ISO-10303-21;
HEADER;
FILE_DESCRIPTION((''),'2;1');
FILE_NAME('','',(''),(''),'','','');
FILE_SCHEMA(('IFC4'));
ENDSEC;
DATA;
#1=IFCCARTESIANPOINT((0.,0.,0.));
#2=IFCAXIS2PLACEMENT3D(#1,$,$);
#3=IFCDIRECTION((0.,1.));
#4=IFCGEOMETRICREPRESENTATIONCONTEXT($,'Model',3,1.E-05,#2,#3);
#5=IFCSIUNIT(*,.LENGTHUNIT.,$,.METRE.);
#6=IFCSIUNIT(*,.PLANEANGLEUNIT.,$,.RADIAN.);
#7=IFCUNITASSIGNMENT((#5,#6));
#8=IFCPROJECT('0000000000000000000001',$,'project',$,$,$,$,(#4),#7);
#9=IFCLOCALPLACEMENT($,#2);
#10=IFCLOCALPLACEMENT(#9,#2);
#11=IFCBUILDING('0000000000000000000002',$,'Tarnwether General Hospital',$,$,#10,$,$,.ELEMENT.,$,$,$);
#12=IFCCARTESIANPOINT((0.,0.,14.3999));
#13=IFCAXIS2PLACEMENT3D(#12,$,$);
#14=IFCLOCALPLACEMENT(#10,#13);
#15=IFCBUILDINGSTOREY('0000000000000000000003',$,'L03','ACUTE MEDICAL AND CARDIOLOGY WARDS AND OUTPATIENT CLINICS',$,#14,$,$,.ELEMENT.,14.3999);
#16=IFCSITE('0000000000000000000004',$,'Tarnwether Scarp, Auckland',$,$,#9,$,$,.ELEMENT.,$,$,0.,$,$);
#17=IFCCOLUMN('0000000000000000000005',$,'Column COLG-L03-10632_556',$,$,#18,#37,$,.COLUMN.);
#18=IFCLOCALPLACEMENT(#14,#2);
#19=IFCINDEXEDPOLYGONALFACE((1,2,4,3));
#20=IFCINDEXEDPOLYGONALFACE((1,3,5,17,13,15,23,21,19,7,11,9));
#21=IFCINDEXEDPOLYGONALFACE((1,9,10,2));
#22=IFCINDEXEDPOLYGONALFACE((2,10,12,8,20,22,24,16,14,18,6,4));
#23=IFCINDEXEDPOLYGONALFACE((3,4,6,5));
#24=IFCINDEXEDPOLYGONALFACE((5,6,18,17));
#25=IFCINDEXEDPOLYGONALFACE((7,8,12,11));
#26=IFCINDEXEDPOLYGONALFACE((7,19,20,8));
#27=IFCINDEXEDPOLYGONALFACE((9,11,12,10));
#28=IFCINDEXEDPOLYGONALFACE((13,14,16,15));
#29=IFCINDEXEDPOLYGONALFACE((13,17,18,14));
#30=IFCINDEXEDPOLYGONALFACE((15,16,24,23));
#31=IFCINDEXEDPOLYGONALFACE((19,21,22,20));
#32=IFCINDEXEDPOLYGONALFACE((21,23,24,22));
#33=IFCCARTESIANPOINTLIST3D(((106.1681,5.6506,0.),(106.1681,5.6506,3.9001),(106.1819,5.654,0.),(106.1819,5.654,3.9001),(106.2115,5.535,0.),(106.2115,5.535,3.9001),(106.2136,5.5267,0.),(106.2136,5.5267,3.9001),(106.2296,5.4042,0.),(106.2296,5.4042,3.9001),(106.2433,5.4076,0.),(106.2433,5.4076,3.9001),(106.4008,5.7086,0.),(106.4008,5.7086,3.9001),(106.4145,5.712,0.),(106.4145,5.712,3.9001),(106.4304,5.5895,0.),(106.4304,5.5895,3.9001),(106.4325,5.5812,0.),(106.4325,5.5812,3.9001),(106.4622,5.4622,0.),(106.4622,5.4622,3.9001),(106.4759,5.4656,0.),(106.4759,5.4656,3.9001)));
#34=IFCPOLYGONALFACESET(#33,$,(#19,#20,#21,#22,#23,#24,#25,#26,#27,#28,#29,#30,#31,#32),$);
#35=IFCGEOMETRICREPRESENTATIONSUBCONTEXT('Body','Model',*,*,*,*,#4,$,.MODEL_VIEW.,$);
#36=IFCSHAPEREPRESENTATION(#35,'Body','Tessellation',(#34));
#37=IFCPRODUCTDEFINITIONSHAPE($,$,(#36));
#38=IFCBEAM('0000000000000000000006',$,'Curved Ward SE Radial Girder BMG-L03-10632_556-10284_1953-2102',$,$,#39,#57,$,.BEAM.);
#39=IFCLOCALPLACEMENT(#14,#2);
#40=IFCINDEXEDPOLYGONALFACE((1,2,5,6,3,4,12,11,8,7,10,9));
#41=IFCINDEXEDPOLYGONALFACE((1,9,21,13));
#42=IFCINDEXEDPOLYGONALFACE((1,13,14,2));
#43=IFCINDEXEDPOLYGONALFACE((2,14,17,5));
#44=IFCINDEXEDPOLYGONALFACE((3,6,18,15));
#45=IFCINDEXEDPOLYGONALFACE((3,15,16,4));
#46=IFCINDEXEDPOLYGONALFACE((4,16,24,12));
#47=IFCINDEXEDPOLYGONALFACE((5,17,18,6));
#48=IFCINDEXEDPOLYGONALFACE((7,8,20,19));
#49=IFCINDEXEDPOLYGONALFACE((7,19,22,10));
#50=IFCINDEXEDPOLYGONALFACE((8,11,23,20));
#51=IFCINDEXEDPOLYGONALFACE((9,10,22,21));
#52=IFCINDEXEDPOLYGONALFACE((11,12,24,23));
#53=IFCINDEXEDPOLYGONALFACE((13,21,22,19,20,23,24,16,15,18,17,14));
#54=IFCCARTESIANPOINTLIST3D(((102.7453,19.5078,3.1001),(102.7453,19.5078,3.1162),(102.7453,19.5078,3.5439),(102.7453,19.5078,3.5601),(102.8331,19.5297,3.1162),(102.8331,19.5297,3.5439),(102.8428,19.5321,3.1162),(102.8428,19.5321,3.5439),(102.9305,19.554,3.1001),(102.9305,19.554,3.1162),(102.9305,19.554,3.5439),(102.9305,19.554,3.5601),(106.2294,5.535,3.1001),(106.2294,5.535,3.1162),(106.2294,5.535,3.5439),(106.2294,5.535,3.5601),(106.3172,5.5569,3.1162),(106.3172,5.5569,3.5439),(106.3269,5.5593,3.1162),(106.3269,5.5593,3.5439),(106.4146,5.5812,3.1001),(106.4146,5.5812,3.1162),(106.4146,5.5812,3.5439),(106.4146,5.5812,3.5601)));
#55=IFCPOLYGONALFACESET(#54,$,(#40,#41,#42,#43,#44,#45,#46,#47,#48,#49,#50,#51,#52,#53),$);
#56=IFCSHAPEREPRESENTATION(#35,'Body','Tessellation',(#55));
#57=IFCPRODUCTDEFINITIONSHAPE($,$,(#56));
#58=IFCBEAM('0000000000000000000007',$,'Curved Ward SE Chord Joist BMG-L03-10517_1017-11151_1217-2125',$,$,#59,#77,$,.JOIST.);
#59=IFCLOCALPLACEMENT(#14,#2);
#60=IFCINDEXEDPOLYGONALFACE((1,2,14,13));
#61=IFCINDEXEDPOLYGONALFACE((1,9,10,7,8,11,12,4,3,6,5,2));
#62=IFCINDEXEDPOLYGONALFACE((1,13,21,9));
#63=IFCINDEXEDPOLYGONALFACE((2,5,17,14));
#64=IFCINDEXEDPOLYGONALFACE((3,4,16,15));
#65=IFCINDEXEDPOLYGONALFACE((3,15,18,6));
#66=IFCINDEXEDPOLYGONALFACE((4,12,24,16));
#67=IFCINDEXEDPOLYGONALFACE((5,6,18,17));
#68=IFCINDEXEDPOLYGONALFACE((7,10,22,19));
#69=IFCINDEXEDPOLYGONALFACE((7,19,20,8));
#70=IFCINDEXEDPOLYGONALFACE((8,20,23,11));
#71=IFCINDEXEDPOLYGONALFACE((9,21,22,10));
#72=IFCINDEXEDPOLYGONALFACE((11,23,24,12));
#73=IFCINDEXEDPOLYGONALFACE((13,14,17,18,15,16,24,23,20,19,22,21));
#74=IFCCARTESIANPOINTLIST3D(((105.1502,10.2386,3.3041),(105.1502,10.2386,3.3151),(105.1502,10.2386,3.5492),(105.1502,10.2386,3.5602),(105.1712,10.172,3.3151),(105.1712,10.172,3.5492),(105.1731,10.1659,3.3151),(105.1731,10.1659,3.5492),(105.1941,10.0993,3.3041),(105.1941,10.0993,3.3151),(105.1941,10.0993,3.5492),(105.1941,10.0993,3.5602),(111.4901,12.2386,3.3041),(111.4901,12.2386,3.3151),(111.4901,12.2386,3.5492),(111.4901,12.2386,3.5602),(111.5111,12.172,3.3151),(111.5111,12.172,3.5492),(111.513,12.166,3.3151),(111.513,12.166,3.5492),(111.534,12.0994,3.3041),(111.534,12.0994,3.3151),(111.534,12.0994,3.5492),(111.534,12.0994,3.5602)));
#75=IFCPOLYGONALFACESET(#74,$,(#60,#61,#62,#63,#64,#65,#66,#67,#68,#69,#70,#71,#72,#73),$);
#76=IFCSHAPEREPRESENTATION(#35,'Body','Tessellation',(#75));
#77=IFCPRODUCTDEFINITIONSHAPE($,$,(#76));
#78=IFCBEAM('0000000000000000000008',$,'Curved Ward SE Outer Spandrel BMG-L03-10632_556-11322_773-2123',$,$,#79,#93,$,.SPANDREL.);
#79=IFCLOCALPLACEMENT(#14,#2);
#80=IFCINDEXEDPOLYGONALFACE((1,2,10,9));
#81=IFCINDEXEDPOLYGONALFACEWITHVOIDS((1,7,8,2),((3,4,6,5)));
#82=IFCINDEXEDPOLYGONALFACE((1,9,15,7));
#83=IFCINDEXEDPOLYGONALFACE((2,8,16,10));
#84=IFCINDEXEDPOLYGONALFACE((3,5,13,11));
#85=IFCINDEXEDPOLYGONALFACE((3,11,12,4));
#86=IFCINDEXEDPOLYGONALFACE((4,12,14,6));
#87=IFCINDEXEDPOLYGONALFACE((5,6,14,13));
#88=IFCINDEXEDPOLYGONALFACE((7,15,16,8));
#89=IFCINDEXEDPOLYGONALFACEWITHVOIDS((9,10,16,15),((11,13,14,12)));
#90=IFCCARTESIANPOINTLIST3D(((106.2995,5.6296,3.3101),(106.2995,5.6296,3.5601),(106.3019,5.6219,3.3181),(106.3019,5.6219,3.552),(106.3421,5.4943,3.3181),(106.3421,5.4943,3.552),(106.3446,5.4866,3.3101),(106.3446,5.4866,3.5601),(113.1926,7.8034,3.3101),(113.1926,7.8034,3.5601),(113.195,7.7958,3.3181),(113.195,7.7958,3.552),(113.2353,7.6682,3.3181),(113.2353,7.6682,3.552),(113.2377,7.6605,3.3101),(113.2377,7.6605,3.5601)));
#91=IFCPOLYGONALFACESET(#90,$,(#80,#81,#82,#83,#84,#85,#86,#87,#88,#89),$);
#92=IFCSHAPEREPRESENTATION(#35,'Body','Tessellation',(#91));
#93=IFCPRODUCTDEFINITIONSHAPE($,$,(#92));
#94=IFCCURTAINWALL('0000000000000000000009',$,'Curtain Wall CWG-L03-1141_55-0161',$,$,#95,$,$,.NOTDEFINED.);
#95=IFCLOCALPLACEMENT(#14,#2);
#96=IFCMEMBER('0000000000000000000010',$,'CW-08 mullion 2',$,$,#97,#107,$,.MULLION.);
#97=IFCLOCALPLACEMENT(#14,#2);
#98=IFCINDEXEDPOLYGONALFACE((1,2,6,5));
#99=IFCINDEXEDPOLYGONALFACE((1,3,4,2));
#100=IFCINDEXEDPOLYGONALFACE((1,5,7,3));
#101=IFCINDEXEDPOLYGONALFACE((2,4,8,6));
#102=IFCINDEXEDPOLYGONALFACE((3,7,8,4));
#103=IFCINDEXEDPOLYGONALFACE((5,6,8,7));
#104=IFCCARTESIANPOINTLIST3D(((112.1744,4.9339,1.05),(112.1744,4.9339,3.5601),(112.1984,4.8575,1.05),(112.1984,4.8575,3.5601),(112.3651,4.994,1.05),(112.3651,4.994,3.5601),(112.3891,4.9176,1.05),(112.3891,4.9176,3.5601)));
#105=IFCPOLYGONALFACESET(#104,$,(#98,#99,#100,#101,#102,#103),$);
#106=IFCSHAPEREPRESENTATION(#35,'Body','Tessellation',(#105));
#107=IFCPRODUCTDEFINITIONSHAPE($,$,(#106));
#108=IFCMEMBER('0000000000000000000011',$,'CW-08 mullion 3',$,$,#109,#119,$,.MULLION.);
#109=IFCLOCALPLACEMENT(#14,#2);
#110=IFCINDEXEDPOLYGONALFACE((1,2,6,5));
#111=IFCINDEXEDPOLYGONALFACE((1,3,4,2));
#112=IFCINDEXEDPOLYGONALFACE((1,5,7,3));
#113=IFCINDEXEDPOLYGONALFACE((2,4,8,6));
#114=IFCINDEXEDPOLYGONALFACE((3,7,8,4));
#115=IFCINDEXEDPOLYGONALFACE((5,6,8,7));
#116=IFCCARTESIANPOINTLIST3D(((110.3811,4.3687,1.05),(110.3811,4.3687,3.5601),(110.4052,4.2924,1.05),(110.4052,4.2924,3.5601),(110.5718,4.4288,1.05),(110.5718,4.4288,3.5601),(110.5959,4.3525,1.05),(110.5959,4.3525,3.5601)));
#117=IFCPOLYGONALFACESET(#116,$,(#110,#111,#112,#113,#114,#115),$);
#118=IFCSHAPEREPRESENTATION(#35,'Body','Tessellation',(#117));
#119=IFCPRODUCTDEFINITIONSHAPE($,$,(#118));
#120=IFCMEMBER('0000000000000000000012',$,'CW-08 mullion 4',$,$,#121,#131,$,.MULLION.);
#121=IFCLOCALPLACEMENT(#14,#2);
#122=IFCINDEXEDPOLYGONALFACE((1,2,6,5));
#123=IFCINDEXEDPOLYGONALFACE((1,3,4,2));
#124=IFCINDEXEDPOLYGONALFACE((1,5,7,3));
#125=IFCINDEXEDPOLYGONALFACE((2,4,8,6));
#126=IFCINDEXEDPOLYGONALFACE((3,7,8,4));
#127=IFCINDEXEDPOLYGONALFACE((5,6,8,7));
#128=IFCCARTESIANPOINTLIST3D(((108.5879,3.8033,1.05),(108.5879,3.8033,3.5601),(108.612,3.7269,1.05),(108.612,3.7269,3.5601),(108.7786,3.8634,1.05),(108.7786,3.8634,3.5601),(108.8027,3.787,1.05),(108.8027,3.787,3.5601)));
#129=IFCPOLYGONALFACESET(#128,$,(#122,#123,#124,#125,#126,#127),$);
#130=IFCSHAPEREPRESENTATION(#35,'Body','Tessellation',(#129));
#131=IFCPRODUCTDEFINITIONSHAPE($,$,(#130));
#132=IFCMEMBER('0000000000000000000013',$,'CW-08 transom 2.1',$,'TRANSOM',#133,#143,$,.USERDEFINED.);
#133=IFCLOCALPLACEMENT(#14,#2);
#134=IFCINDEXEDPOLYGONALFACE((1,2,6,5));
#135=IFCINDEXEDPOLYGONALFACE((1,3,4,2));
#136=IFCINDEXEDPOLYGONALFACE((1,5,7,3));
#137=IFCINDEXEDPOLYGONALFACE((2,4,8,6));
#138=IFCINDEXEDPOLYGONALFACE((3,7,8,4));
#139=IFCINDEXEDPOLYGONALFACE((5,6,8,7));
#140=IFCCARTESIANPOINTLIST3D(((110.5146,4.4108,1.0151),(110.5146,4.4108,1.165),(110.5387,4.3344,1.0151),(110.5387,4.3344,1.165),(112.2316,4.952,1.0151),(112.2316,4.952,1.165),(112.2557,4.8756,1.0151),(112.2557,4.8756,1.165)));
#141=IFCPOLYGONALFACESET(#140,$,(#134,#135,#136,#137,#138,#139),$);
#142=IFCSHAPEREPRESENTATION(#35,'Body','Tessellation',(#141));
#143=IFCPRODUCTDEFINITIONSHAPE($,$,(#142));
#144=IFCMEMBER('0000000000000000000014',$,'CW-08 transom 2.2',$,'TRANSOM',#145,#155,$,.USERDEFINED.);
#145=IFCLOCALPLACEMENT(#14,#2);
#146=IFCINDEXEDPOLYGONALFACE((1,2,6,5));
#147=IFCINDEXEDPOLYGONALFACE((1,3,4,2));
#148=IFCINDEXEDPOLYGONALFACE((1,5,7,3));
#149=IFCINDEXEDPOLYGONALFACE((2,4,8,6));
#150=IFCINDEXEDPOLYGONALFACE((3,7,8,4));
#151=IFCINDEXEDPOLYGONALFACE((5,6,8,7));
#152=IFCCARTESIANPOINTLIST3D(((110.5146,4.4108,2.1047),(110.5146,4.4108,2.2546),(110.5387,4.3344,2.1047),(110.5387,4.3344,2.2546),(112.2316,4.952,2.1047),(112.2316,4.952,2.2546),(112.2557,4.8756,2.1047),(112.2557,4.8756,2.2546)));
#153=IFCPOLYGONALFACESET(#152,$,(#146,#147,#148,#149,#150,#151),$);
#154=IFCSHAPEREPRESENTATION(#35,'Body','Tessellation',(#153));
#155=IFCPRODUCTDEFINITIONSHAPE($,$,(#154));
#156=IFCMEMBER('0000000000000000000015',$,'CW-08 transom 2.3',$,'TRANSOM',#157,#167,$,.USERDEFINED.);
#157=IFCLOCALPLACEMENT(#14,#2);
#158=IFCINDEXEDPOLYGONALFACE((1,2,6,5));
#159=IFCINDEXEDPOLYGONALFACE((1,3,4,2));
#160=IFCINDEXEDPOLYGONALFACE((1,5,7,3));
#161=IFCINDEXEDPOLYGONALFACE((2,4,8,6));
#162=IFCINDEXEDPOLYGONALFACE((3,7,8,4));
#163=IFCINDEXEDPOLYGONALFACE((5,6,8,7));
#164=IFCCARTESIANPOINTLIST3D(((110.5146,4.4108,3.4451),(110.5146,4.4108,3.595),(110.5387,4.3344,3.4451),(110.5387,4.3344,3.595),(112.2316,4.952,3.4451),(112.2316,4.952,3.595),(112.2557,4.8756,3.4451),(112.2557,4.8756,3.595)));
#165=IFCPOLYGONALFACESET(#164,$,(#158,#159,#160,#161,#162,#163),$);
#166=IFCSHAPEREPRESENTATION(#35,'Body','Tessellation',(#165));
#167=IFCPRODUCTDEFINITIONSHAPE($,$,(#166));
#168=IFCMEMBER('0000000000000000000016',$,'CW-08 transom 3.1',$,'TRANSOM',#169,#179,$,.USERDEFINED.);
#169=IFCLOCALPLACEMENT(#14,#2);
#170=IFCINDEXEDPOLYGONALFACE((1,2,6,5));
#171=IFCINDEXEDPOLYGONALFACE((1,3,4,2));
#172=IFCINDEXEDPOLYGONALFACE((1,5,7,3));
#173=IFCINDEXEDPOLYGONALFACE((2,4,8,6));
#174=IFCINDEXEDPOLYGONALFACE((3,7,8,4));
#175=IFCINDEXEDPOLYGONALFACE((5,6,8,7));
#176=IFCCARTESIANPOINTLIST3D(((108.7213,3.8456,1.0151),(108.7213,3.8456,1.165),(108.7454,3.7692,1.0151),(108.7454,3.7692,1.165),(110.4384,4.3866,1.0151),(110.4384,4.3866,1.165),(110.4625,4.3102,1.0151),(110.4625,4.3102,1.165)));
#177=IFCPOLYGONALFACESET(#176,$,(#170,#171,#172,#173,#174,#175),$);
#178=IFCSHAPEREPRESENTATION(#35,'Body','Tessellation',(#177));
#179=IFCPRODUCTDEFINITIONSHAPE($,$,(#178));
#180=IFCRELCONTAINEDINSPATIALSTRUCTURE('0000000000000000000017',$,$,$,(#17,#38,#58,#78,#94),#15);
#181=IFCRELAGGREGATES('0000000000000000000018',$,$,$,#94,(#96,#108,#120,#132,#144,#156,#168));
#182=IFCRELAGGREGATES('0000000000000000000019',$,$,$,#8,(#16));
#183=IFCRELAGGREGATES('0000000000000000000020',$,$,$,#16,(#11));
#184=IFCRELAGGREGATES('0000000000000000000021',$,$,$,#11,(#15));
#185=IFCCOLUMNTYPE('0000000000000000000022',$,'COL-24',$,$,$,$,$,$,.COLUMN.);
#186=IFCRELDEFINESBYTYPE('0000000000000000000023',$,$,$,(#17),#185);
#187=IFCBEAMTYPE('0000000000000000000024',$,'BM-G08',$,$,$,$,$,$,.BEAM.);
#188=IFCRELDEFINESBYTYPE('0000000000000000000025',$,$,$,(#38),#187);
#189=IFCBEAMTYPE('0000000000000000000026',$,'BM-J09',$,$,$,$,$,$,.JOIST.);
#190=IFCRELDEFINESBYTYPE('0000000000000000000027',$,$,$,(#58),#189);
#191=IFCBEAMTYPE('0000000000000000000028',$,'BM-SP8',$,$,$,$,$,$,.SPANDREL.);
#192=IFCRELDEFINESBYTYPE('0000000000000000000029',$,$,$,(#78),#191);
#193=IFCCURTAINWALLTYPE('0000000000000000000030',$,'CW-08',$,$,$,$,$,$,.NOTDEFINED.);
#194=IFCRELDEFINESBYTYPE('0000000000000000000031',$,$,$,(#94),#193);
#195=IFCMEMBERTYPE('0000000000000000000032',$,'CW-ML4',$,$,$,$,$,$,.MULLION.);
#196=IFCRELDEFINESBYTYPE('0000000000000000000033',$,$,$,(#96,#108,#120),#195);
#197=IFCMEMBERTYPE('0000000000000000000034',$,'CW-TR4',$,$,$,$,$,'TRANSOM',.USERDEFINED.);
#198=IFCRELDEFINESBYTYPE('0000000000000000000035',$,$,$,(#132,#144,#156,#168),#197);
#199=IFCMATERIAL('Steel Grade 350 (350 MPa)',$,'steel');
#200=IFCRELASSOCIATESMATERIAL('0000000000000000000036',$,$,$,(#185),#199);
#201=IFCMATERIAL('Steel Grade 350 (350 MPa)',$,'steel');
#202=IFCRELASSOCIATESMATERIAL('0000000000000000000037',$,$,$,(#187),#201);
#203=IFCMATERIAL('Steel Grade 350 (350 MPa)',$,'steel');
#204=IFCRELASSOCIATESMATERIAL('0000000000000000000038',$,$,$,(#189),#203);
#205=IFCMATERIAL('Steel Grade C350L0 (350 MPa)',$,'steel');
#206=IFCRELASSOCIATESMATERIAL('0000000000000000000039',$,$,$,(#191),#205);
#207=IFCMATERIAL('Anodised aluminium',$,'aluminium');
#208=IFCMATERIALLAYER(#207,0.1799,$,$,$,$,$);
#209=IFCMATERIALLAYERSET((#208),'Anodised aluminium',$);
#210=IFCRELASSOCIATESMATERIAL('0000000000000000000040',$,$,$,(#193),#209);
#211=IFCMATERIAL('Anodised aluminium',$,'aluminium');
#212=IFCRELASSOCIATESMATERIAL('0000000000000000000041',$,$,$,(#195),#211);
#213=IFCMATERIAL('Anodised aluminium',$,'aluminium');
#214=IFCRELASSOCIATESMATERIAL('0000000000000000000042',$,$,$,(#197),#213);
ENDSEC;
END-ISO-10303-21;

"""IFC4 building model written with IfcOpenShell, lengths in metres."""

from ifc_helpers import new_model, si_unit, direction, frame, origin, origin_2d, place, context, subcontext, project, spatial, rectangle, hollow_rectangle, i_section, extrude, material, layer, layer_set, material_profile, profile_set, type_object, element, aggregate, save


model = new_model("IFC4")

# Units and contexts
model_context = context("Model", 3, precision=1e-05, world=origin(), true_north=direction((0.0, 1.0)))
body_context = subcontext(model_context, "Body", "Model", "MODEL_VIEW")
ifc_project = project(units=[si_unit("LENGTHUNIT", "METRE"), si_unit("PLANEANGLEUNIT", "RADIAN")], contexts=[model_context])

# Site, building, storey
site_placement = place(None, origin())
site = spatial("IfcSite", under=ifc_project, at=site_placement, Name="Tarnwether Scarp, Auckland", CompositionType="ELEMENT", RefElevation=0.0)
building_placement = place(site_placement, origin())
building = spatial("IfcBuilding", under=site, at=building_placement, Name="Tarnwether General Hospital", CompositionType="ELEMENT")
storey_placement = place(building_placement, frame((0.0, 0.0, 14.3999)))
storey = spatial("IfcBuildingStorey", under=building, at=storey_placement, Name="L03", Description="ACUTE MEDICAL AND CARDIOLOGY WARDS AND OUTPATIENT CLINICS", CompositionType="ELEMENT", Elevation=14.3999)

# Column
ifc_material_1 = material(Name="Steel Grade 350 (350 MPa)", Category="steel")
ifc_material_profile_1 = material_profile(ifc_material_1, i_section(OverallWidth=0.2539, OverallDepth=0.2539, WebThickness=0.0085, FlangeThickness=0.0142, at=origin_2d()), Name="250UC72.9")
ifc_profile_set_1 = profile_set([ifc_material_profile_1], Name="Steel Grade 350 (350 MPa)")
column_type = type_object("IfcColumnType", Name="COL-24", PredefinedType="COLUMN", material=ifc_profile_set_1)
column_placement = place(storey_placement, frame((106.322, 5.5581, 0.0), z_axis=(0.0, 0.0, 1.0), x_axis=(-0.241922, 0.970296, 0.0)))
element("IfcColumn", 1, at=column_placement, inside=storey, type_object=column_type, Name="Column COLG-L03-10632_556", PredefinedType="COLUMN", context=body_context, shape_type="SweptSolid", body=[
    extrude(i_section(OverallWidth=0.2539, OverallDepth=0.2539, WebThickness=0.0085, FlangeThickness=0.0142, at=origin_2d()), origin(), (0.0, 0.0, 1.0), 3.9001),
])

# Beams
ifc_material_2 = material(Name="Steel Grade 350 (350 MPa)", Category="steel")
ifc_material_profile_2 = material_profile(ifc_material_2, i_section(OverallWidth=0.1909, OverallDepth=0.46, WebThickness=0.01, FlangeThickness=0.0161, at=origin_2d()), Name="460UB82.1")
ifc_profile_set_2 = profile_set([ifc_material_profile_2], Name="Steel Grade 350 (350 MPa)")
beam_type_1 = type_object("IfcBeamType", Name="BM-G08", PredefinedType="BEAM", material=ifc_profile_set_2)
beam_1_placement = place(storey_placement, frame((106.322, 5.5581, 3.3301), z_axis=(-0.241941, 0.970291, 0.0), x_axis=(-0.970291, -0.241941, 0.0)))
element("IfcBeam", 2, at=beam_1_placement, inside=storey, type_object=beam_type_1, Name="Curved Ward SE Radial Girder BMG-L03-10632_556-10284_1953-2102", PredefinedType="BEAM", context=body_context, shape_type="SweptSolid", body=[
    extrude(i_section(OverallWidth=0.1909, OverallDepth=0.46, WebThickness=0.01, FlangeThickness=0.0161, at=origin_2d()), origin(), (0.0, 0.0, 1.0), 14.4006),
])
ifc_material_3 = material(Name="Steel Grade 350 (350 MPa)", Category="steel")
ifc_material_profile_3 = material_profile(ifc_material_3, i_section(OverallWidth=0.146, OverallDepth=0.2561, WebThickness=0.0063, FlangeThickness=0.011, at=origin_2d()), Name="250UB37.3")
ifc_profile_set_3 = profile_set([ifc_material_profile_3], Name="Steel Grade 350 (350 MPa)")
beam_type_2 = type_object("IfcBeamType", Name="BM-J09", PredefinedType="JOIST", material=ifc_profile_set_3)
beam_2_placement = place(storey_placement, frame((105.1721, 10.1689, 3.4321), z_axis=(0.953671, 0.30085, 0.0), x_axis=(-0.30085, 0.953671, 0.0)))
element("IfcBeam", 3, at=beam_2_placement, inside=storey, type_object=beam_type_2, Name="Curved Ward SE Chord Joist BMG-L03-10517_1017-11151_1217-2125", PredefinedType="JOIST", context=body_context, shape_type="SweptSolid", body=[
    extrude(i_section(OverallWidth=0.146, OverallDepth=0.2561, WebThickness=0.0063, FlangeThickness=0.011, at=origin_2d()), origin(), (0.0, 0.0, 1.0), 6.6479),
])
ifc_material_4 = material(Name="Steel Grade C350L0 (350 MPa)", Category="steel")
ifc_material_profile_4 = material_profile(ifc_material_4, hollow_rectangle(XDim=0.1499, YDim=0.25, WallThickness=0.0081, at=origin_2d()), Name="RHS250x150x8")
ifc_profile_set_4 = profile_set([ifc_material_profile_4], Name="Steel Grade C350L0 (350 MPa)")
beam_type_3 = type_object("IfcBeamType", Name="BM-SP8", PredefinedType="SPANDREL", material=ifc_profile_set_4)
beam_3_placement = place(storey_placement, frame((106.322, 5.5581, 3.4351), z_axis=(0.953699, 0.300763, 0.0), x_axis=(-0.300763, 0.953699, 0.0)))
element("IfcBeam", 4, at=beam_3_placement, inside=storey, type_object=beam_type_3, Name="Curved Ward SE Outer Spandrel BMG-L03-10632_556-11322_773-2123", PredefinedType="SPANDREL", context=body_context, shape_type="SweptSolid", body=[
    extrude(hollow_rectangle(XDim=0.1499, YDim=0.25, WallThickness=0.0081, at=origin_2d()), origin(), (0.0, 0.0, 1.0), 7.2278),
])

# Curtain wall, members
ifc_material_5 = material(Name="Anodised aluminium", Category="aluminium")
ifc_layer_1 = layer(ifc_material_5, 0.1799)
ifc_layer_set_1 = layer_set([ifc_layer_1], Name="Anodised aluminium")
curtain_wall_type = type_object("IfcCurtainWallType", Name="CW-08", PredefinedType="NOTDEFINED", material=ifc_layer_set_1)
curtain_wall_placement = place(storey_placement, origin())
curtain_wall = element("IfcCurtainWall", 5, at=curtain_wall_placement, inside=storey, type_object=curtain_wall_type, Name="Curtain Wall CWG-L03-1141_55-0161", PredefinedType="NOTDEFINED")
ifc_material_6 = material(Name="Anodised aluminium", Category="aluminium")
ifc_material_profile_5 = material_profile(ifc_material_6, rectangle(XDim=0.0801, YDim=0.2, at=origin_2d()), Name="ALU-MUL-80x200")
ifc_profile_set_5 = profile_set([ifc_material_profile_5], Name="Anodised aluminium")
member_type_1 = type_object("IfcMemberType", Name="CW-ML4", PredefinedType="MULLION", material=ifc_profile_set_5)
member_1_placement = place(storey_placement, frame((112.2817, 4.9258, 1.05), z_axis=(0.0, 0.0, 1.0), x_axis=(0.300629, -0.953741, 0.0)))
member_1 = element("IfcMember", 6, at=member_1_placement, type_object=member_type_1, Name="CW-08 mullion 2", PredefinedType="MULLION", context=body_context, shape_type="SweptSolid", body=[
    extrude(rectangle(XDim=0.0801, YDim=0.2, at=origin_2d()), origin(), (0.0, 0.0, 1.0), 2.51),
])
member_2_placement = place(storey_placement, frame((110.4885, 4.3606, 1.05), z_axis=(0.0, 0.0, 1.0), x_axis=(0.300629, -0.953741, 0.0)))
member_2 = element("IfcMember", 7, at=member_2_placement, type_object=member_type_1, Name="CW-08 mullion 3", PredefinedType="MULLION", context=body_context, shape_type="SweptSolid", body=[
    extrude(rectangle(XDim=0.0801, YDim=0.2, at=origin_2d()), origin(), (0.0, 0.0, 1.0), 2.51),
])
member_3_placement = place(storey_placement, frame((108.6953, 3.7952, 1.05), z_axis=(0.0, 0.0, 1.0), x_axis=(0.300629, -0.953741, 0.0)))
member_3 = element("IfcMember", 8, at=member_3_placement, type_object=member_type_1, Name="CW-08 mullion 4", PredefinedType="MULLION", context=body_context, shape_type="SweptSolid", body=[
    extrude(rectangle(XDim=0.0801, YDim=0.2, at=origin_2d()), origin(), (0.0, 0.0, 1.0), 2.51),
])
ifc_material_7 = material(Name="Anodised aluminium", Category="aluminium")
ifc_material_profile_6 = material_profile(ifc_material_7, rectangle(XDim=0.0801, YDim=0.1499, at=origin_2d()), Name="ALU-TRN-80x150")
ifc_profile_set_6 = profile_set([ifc_material_profile_6], Name="Anodised aluminium")
member_type_2 = type_object("IfcMemberType", Name="CW-TR4", ElementType="TRANSOM", PredefinedType="USERDEFINED", material=ifc_profile_set_6)
member_4_placement = place(storey_placement, frame((112.2437, 4.9138, 1.0901), z_axis=(-0.953736, -0.300645, 0.0), x_axis=(0.300645, -0.953736, 0.0)))
member_4 = element("IfcMember", 9, at=member_4_placement, type_object=member_type_2, Name="CW-08 transom 2.1", ObjectType="TRANSOM", PredefinedType="USERDEFINED", context=body_context, shape_type="SweptSolid", body=[
    extrude(rectangle(XDim=0.0801, YDim=0.1499, at=origin_2d()), origin(), (0.0, 0.0, 1.0), 1.8003),
])
member_5_placement = place(storey_placement, frame((112.2437, 4.9138, 2.1797), z_axis=(-0.953736, -0.300645, 0.0), x_axis=(0.300645, -0.953736, 0.0)))
member_5 = element("IfcMember", 10, at=member_5_placement, type_object=member_type_2, Name="CW-08 transom 2.2", ObjectType="TRANSOM", PredefinedType="USERDEFINED", context=body_context, shape_type="SweptSolid", body=[
    extrude(rectangle(XDim=0.0801, YDim=0.1499, at=origin_2d()), origin(), (0.0, 0.0, 1.0), 1.8003),
])
member_6_placement = place(storey_placement, frame((112.2437, 4.9138, 3.52), z_axis=(-0.953736, -0.300645, 0.0), x_axis=(0.300645, -0.953736, 0.0)))
member_6 = element("IfcMember", 11, at=member_6_placement, type_object=member_type_2, Name="CW-08 transom 2.3", ObjectType="TRANSOM", PredefinedType="USERDEFINED", context=body_context, shape_type="SweptSolid", body=[
    extrude(rectangle(XDim=0.0801, YDim=0.1499, at=origin_2d()), origin(), (0.0, 0.0, 1.0), 1.8003),
])
member_7_placement = place(storey_placement, frame((110.4504, 4.3484, 1.0901), z_axis=(-0.953775, -0.300521, 0.0), x_axis=(0.300521, -0.953775, 0.0)))
member_7 = element("IfcMember", 12, at=member_7_placement, type_object=member_type_2, Name="CW-08 transom 3.1", ObjectType="TRANSOM", PredefinedType="USERDEFINED", context=body_context, shape_type="SweptSolid", body=[
    extrude(rectangle(XDim=0.0801, YDim=0.1499, at=origin_2d()), origin(), (0.0, 0.0, 1.0), 1.8003),
])
aggregate(curtain_wall, [member_1, member_2, member_3, member_4, member_5, member_6, member_7])

save(model, "model.ifc")
